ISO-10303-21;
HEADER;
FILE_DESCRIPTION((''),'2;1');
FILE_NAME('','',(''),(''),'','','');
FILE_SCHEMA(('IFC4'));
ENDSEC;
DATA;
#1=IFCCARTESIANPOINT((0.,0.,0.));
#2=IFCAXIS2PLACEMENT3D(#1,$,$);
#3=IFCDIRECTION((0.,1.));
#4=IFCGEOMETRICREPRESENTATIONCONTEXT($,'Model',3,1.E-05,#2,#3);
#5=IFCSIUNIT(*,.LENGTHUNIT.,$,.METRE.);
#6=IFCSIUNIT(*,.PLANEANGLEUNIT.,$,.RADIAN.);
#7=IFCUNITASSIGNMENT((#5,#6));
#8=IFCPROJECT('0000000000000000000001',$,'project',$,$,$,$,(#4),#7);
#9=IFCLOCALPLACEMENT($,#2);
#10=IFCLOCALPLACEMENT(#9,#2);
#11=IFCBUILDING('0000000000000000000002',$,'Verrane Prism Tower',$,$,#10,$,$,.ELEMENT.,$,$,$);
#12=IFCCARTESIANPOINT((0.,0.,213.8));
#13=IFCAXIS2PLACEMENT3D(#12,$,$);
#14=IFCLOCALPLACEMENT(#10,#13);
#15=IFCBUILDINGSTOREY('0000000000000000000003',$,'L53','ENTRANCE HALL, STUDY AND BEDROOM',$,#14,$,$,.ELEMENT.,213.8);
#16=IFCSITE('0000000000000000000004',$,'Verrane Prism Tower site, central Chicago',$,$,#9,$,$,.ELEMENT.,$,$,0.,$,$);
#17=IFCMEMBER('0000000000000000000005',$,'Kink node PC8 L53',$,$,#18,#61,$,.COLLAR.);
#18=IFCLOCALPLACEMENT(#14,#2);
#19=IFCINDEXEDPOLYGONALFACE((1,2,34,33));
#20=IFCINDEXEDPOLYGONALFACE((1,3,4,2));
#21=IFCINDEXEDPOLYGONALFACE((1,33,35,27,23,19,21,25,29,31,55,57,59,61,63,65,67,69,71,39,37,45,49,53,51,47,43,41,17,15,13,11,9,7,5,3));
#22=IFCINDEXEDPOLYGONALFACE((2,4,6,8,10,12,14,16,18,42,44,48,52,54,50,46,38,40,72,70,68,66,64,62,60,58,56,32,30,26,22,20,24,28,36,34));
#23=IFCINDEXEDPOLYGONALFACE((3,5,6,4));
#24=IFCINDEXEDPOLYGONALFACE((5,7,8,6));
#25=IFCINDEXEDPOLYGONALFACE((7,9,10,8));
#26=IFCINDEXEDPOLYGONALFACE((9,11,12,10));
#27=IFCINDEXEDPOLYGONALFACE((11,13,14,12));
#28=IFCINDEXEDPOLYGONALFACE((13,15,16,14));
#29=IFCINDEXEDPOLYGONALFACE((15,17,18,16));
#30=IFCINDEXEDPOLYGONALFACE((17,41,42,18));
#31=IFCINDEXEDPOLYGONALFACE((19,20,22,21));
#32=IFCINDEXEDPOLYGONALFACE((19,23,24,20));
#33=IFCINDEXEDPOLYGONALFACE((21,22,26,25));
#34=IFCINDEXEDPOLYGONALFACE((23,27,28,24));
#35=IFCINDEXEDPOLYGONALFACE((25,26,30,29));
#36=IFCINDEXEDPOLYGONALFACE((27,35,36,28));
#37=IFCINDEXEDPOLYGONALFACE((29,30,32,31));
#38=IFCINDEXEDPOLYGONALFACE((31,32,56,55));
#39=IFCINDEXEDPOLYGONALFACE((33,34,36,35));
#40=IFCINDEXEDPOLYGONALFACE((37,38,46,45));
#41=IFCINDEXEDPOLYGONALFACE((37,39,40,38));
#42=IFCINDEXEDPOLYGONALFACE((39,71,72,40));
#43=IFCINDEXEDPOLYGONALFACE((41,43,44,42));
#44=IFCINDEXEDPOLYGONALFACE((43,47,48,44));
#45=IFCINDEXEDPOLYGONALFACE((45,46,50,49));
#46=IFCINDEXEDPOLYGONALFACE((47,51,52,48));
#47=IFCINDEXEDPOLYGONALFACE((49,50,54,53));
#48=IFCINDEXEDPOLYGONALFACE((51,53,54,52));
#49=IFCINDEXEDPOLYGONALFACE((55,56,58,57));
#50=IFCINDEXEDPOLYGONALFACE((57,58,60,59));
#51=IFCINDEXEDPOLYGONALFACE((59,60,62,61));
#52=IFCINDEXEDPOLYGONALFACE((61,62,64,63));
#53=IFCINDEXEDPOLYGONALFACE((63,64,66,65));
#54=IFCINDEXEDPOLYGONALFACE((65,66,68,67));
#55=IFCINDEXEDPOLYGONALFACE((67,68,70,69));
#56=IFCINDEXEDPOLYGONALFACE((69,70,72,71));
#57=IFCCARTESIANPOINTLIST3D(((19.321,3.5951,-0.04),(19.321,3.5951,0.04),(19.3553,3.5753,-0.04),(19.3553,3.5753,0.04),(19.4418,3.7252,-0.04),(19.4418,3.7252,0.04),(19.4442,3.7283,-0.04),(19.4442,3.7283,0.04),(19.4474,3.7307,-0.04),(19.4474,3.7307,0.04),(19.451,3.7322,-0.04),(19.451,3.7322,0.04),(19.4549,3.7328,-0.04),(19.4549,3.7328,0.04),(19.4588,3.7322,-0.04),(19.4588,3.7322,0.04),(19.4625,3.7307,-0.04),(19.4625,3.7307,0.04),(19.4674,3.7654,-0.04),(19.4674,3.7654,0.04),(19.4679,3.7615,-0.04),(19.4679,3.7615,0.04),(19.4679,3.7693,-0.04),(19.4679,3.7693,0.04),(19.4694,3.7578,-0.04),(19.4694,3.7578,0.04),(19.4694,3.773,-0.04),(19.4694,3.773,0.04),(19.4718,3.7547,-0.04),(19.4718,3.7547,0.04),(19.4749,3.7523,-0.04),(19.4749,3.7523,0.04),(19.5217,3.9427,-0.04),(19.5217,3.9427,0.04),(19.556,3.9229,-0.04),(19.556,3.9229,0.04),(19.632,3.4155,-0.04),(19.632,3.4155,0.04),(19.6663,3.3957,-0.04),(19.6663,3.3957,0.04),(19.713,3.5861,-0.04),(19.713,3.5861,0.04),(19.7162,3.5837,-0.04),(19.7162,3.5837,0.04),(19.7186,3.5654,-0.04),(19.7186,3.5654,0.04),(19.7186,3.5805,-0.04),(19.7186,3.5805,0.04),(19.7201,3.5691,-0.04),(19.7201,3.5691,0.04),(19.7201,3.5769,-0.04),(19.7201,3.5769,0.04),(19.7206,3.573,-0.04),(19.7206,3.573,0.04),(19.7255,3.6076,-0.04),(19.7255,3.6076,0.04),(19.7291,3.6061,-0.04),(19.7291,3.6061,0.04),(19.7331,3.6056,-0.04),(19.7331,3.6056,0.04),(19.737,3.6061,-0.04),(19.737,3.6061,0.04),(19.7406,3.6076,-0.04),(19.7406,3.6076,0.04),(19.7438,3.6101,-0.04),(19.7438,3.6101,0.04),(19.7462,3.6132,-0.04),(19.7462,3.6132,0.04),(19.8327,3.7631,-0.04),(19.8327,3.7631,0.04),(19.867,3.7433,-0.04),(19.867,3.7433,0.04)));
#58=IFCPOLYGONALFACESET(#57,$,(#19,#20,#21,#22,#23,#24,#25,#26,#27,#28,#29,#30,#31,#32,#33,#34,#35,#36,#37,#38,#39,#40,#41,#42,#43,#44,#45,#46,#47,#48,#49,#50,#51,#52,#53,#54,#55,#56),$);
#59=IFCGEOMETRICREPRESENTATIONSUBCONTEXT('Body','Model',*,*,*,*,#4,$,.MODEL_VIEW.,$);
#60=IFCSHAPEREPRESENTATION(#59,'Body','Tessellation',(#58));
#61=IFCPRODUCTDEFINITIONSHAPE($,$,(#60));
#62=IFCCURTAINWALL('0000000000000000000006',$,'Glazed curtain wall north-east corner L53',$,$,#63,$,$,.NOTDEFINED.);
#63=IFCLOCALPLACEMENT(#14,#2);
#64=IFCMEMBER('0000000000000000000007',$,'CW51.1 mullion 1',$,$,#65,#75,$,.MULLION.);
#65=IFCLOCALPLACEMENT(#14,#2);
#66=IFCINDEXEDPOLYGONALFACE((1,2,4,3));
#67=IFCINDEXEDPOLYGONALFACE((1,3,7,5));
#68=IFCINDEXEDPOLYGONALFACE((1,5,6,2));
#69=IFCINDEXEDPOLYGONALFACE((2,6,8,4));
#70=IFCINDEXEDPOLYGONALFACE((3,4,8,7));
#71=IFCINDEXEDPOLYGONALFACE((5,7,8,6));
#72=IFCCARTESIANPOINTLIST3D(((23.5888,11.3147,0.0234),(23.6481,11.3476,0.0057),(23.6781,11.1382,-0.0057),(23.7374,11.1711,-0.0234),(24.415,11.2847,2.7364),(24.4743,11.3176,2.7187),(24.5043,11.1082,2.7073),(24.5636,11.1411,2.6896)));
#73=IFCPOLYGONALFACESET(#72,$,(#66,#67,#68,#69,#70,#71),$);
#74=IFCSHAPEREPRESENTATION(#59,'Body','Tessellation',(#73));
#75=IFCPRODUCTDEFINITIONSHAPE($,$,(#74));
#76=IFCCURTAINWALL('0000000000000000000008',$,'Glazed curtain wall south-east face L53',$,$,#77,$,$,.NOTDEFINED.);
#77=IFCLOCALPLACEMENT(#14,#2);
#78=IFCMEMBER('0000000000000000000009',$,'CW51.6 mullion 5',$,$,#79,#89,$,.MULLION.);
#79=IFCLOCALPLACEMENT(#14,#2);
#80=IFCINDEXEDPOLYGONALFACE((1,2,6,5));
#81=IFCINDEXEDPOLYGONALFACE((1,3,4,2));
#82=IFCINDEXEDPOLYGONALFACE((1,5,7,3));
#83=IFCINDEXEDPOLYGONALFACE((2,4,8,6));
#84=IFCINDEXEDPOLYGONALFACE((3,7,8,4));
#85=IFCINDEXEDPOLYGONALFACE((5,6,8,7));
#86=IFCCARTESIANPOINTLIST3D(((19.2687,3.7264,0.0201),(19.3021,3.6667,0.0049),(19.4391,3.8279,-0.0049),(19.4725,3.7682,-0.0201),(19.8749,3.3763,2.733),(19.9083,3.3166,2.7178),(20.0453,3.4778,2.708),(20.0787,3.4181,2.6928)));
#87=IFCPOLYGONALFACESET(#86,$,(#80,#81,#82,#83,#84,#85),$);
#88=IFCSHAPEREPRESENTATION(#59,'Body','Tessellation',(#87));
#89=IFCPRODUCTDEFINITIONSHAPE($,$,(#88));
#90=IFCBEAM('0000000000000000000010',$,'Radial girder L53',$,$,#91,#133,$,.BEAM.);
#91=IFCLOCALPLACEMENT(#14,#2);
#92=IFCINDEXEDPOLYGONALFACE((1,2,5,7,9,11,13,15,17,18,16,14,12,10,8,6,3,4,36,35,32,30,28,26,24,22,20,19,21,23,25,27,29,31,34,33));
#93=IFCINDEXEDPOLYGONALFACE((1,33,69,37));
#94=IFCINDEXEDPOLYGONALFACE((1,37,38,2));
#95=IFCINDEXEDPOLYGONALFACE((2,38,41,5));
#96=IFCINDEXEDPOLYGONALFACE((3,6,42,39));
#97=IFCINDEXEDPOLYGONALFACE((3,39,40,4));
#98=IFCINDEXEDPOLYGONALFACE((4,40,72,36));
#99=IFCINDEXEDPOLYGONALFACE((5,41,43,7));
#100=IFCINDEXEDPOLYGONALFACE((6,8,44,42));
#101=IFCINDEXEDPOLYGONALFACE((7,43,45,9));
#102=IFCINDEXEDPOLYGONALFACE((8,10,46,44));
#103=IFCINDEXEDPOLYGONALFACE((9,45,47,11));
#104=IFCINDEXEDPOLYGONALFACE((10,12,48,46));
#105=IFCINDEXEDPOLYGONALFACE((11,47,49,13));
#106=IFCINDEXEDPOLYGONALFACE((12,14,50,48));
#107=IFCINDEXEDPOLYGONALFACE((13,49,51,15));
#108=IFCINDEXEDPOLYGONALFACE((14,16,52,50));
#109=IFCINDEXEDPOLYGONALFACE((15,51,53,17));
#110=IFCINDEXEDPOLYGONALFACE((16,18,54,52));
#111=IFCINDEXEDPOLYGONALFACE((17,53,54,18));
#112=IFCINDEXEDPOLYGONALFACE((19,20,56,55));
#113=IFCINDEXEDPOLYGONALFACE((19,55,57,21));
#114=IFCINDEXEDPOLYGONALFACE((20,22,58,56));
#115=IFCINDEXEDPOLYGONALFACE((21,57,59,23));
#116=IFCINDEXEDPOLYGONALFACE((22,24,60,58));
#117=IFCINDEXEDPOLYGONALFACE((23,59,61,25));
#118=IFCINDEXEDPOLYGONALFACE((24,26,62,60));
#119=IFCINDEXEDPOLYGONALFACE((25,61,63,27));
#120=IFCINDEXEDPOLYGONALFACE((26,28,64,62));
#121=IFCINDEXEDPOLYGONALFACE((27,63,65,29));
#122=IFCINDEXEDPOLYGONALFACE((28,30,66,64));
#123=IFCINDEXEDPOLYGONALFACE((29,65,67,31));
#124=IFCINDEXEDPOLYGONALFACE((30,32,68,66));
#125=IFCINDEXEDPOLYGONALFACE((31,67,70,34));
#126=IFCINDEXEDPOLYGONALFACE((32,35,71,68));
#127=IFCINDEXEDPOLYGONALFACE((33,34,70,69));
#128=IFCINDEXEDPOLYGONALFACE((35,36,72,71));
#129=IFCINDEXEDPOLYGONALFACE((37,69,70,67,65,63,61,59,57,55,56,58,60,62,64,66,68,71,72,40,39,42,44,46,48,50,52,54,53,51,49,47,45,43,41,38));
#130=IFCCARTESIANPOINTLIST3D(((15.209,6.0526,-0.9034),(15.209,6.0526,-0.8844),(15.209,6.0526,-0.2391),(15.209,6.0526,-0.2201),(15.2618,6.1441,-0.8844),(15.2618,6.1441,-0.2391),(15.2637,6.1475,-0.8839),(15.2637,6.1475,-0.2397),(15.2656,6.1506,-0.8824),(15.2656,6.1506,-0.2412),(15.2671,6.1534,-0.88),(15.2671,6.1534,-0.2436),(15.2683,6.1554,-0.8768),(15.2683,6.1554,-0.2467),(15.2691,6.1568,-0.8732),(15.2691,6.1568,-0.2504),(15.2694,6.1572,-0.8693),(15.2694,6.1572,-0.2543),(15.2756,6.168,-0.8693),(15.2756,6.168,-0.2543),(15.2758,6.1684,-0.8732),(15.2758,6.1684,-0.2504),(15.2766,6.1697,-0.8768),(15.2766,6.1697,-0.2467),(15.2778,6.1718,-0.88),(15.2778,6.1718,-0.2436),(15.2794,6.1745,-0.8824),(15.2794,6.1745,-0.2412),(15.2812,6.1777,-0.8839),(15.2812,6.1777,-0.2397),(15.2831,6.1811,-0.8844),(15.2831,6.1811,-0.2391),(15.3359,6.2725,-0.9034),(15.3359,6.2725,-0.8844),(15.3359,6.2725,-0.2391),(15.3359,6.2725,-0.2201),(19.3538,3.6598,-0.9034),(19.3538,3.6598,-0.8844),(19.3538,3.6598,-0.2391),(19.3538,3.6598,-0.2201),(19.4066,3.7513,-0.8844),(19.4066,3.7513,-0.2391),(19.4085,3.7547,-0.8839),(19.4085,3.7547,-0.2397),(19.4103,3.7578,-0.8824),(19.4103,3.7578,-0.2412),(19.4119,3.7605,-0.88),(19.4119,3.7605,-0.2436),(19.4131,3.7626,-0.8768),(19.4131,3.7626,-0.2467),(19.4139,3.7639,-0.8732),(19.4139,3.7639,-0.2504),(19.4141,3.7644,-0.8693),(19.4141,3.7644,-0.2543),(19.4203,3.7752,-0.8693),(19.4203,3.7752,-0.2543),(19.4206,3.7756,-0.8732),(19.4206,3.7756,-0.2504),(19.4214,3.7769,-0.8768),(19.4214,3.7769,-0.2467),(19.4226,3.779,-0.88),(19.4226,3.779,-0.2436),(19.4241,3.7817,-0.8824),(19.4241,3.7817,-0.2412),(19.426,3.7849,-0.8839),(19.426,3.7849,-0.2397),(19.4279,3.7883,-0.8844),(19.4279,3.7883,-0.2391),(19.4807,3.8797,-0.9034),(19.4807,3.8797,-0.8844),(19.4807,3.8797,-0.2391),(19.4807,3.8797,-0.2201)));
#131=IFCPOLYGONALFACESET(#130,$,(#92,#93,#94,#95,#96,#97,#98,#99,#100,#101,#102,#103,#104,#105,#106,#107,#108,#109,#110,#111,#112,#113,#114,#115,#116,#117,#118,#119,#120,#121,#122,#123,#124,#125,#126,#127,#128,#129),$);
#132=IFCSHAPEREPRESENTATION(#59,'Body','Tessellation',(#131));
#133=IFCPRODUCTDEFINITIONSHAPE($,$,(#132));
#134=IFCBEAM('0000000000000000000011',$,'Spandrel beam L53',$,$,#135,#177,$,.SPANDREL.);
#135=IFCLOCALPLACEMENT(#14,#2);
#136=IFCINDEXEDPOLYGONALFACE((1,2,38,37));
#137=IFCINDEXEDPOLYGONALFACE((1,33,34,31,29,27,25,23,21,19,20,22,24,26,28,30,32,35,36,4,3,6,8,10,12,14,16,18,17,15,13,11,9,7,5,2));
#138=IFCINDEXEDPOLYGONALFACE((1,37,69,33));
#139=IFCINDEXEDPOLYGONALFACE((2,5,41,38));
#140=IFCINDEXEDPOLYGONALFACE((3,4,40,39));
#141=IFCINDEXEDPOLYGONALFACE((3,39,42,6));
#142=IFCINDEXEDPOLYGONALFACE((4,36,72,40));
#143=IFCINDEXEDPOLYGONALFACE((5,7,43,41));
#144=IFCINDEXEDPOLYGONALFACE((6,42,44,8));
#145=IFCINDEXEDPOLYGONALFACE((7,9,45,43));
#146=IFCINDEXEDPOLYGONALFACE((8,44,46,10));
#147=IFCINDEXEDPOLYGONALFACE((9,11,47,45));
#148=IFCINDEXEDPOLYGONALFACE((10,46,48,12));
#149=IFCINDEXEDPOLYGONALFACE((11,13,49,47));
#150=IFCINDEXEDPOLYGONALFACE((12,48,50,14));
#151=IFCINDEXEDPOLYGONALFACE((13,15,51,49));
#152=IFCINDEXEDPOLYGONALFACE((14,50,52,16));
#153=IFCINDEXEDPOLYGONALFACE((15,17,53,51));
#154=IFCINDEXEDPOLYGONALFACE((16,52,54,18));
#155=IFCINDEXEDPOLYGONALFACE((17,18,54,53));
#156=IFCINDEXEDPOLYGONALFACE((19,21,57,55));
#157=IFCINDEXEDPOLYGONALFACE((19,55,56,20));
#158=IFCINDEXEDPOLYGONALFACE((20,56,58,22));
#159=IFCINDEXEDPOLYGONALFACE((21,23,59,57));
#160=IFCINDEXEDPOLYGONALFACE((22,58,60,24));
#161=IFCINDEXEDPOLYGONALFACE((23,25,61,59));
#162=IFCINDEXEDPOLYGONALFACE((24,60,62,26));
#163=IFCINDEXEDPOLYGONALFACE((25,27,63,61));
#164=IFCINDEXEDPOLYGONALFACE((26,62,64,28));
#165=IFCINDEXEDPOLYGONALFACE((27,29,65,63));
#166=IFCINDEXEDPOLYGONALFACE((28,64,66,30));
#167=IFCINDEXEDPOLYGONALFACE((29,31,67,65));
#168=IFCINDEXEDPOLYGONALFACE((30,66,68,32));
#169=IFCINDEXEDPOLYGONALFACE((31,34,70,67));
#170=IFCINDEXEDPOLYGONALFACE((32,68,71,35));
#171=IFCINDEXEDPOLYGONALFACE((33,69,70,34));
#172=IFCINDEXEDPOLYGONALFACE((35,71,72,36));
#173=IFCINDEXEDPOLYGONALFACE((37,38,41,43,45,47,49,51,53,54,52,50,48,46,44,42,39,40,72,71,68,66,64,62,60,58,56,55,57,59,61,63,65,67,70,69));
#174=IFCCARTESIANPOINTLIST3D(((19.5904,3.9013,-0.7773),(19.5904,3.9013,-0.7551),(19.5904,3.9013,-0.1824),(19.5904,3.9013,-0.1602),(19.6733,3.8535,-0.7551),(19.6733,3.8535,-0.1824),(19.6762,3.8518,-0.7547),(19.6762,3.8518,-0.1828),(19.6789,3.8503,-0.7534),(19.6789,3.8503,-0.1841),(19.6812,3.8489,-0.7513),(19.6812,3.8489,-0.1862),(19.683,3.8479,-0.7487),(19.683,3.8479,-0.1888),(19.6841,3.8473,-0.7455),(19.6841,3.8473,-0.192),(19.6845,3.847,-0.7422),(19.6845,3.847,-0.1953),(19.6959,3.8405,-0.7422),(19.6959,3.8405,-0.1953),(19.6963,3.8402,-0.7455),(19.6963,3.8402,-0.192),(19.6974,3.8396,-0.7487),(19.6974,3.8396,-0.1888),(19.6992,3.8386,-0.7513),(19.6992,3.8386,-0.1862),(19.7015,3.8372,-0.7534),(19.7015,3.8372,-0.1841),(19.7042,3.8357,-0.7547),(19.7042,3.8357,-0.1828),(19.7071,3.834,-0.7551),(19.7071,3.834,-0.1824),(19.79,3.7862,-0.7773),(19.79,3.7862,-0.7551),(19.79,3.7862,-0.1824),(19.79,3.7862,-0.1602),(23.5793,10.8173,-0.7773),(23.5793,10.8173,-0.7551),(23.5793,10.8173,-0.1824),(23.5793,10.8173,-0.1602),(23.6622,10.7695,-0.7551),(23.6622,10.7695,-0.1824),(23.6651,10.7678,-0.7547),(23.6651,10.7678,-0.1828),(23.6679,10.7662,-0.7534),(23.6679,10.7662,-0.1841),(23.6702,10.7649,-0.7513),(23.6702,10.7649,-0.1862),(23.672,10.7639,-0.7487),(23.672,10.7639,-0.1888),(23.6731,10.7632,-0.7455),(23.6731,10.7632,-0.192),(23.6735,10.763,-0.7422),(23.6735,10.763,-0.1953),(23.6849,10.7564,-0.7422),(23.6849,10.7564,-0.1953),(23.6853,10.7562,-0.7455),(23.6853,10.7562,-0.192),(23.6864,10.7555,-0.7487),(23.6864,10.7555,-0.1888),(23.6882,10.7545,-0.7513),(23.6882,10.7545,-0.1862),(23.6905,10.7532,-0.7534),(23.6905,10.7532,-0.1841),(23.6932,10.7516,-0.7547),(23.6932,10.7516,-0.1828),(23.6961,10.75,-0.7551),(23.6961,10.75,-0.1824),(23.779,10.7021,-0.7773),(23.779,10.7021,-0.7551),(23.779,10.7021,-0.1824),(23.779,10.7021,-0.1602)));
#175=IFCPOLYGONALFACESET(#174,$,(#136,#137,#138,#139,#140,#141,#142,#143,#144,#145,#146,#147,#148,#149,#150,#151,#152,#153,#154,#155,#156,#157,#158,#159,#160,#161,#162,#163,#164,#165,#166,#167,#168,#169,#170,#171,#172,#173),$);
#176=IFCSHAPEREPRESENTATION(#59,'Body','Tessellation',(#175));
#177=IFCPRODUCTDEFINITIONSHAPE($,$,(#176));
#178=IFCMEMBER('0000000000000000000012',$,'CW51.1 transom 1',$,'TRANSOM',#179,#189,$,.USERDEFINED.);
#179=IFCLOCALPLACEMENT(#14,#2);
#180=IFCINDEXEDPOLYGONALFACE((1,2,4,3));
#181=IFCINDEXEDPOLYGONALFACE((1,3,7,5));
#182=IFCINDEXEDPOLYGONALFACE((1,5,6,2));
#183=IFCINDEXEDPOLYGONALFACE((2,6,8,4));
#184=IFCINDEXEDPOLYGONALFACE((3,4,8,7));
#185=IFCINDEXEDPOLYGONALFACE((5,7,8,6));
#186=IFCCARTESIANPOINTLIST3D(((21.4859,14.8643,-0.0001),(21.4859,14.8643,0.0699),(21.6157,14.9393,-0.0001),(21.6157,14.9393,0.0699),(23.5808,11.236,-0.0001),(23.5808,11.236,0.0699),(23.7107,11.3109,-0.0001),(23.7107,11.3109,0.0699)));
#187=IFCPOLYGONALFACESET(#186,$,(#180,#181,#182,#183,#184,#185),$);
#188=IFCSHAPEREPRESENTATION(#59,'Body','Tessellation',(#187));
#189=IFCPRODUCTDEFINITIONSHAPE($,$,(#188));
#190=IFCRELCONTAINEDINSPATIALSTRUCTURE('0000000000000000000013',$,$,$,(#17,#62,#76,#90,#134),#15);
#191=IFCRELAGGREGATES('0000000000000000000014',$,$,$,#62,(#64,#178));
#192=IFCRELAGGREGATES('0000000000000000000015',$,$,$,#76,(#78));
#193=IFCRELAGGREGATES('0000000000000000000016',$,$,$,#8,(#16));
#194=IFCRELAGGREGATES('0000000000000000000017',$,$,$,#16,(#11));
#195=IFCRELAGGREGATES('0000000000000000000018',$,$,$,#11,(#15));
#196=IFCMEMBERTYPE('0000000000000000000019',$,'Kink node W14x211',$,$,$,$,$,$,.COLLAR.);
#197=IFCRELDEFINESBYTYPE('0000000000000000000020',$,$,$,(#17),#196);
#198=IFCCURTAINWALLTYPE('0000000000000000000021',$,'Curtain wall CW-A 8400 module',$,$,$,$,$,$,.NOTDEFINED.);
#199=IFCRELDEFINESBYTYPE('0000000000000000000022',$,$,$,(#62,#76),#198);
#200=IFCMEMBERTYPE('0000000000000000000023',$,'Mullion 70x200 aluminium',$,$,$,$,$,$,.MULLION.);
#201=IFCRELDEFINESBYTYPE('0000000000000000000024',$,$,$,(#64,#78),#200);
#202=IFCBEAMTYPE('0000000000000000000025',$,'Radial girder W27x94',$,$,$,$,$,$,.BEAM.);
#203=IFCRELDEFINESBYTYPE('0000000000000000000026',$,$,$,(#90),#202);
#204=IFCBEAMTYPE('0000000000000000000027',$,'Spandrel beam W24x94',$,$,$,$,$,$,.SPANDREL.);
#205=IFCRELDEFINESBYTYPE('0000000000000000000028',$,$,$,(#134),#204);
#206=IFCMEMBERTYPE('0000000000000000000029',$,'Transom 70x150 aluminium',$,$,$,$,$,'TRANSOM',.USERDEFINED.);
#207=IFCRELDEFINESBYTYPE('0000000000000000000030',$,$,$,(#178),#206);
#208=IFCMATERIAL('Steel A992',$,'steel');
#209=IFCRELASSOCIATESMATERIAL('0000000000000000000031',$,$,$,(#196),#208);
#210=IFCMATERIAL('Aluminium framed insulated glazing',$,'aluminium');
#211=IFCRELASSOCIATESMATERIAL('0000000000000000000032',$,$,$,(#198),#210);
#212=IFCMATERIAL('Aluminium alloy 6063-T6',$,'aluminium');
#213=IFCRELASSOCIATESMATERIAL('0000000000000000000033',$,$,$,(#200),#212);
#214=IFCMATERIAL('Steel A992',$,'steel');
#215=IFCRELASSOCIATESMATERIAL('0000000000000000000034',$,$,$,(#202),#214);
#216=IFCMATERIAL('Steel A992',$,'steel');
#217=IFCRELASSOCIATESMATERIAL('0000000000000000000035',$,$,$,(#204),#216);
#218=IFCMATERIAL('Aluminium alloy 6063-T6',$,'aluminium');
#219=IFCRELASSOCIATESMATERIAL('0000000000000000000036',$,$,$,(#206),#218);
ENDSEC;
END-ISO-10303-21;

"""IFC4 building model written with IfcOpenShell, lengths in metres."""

from ifc_helpers import new_model, si_unit, direction, frame, origin, origin_2d, place, context, subcontext, project, spatial, rectangle, i_section, extrude, material, material_profile, profile_set, type_object, element, aggregate, save


model = new_model("IFC4")

# Units and contexts
model_context = context("Model", 3, precision=1e-05, world=origin(), true_north=direction((0.0, 1.0)))
body_context = subcontext(model_context, "Body", "Model", "MODEL_VIEW")
ifc_project = project(units=[si_unit("LENGTHUNIT", "METRE"), si_unit("PLANEANGLEUNIT", "RADIAN")], contexts=[model_context])

# Site, building, storey
site_placement = place(None, origin())
site = spatial("IfcSite", under=ifc_project, at=site_placement, Name="Verrane Prism Tower site, central Chicago", CompositionType="ELEMENT", RefElevation=0.0)
building_placement = place(site_placement, origin())
building = spatial("IfcBuilding", under=site, at=building_placement, Name="Verrane Prism Tower", CompositionType="ELEMENT")
storey_placement = place(building_placement, frame((0.0, 0.0, 213.8)))
storey = spatial("IfcBuildingStorey", under=building, at=storey_placement, Name="L53", Description="ENTRANCE HALL, STUDY AND BEDROOM", CompositionType="ELEMENT", Elevation=213.8)

# Member
ifc_material_1 = material(Name="Steel A992", Category="steel")
ifc_material_profile_1 = material_profile(ifc_material_1, i_section(OverallWidth=0.4014, OverallDepth=0.3987, WebThickness=0.0249, FlangeThickness=0.0396, FilletRadius=0.0151, at=origin_2d()), Name="W14x211")
ifc_profile_set_1 = profile_set([ifc_material_profile_1], Name="Steel A992")
member_type_1 = type_object("IfcMemberType", Name="Kink node W14x211", PredefinedType="COLLAR", material=ifc_profile_set_1)
member_1_placement = place(storey_placement, frame((19.594, 3.6692, -0.04), z_axis=(0.0, 0.0, 1.0), x_axis=(-0.5, -0.866025, 0.0)))
element("IfcMember", 1, at=member_1_placement, inside=storey, type_object=member_type_1, Name="Kink node PC8 L53", PredefinedType="COLLAR", context=body_context, shape_type="SweptSolid", body=[
    extrude(i_section(OverallWidth=0.4014, OverallDepth=0.3987, WebThickness=0.0249, FlangeThickness=0.0396, FilletRadius=0.0151, at=origin_2d()), origin(), (0.0, 0.0, 1.0), 0.0801),
])

# Curtain walls, members
ifc_material_2 = material(Name="Aluminium framed insulated glazing", Category="aluminium")
curtain_wall_type = type_object("IfcCurtainWallType", Name="Curtain wall CW-A 8400 module", PredefinedType="NOTDEFINED", material=ifc_material_2)
curtain_wall_1_placement = place(storey_placement, origin())
curtain_wall_1 = element("IfcCurtainWall", 2, at=curtain_wall_1_placement, inside=storey, type_object=curtain_wall_type, Name="Glazed curtain wall north-east corner L53", PredefinedType="NOTDEFINED")
ifc_material_3 = material(Name="Aluminium alloy 6063-T6", Category="aluminium")
ifc_material_profile_2 = material_profile(ifc_material_3, rectangle(XDim=0.2, YDim=0.0701, at=origin_2d()), Name="Mullion 70x200 aluminium")
ifc_profile_set_2 = profile_set([ifc_material_profile_2], Name="Aluminium alloy 6063-T6")
member_type_2 = type_object("IfcMemberType", Name="Mullion 70x200 aluminium", PredefinedType="MULLION", material=ifc_profile_set_2)
member_2_placement = place(storey_placement, frame((23.6631, 11.2429, 0.0), z_axis=(0.29131, -0.010588, 0.95657), x_axis=(0.446512, -0.882827, -0.145751)))
member_2 = element("IfcMember", 3, at=member_2_placement, type_object=member_type_2, Name="CW51.1 mullion 1", PredefinedType="MULLION", context=body_context, shape_type="SweptSolid", body=[
    extrude(rectangle(XDim=0.2, YDim=0.0701, at=origin_2d()), origin(), (0.0, 0.0, 1.0), 2.8362),
])
curtain_wall_2_placement = place(storey_placement, origin())
curtain_wall_2 = element("IfcCurtainWall", 4, at=curtain_wall_2_placement, inside=storey, type_object=curtain_wall_type, Name="Glazed curtain wall south-east face L53", PredefinedType="NOTDEFINED")
member_3_placement = place(storey_placement, frame((19.3706, 3.7473, 0.0), z_axis=(0.216365, -0.124957, 0.968283), x_axis=(-0.852358, -0.507817, 0.124928)))
member_3 = element("IfcMember", 5, at=member_3_placement, type_object=member_type_2, Name="CW51.6 mullion 5", PredefinedType="MULLION", context=body_context, shape_type="SweptSolid", body=[
    extrude(rectangle(XDim=0.2, YDim=0.0701, at=origin_2d()), origin(), (0.0, 0.0, 1.0), 2.8018),
])

# Beams
ifc_material_4 = material(Name="Steel A992", Category="steel")
ifc_material_profile_3 = material_profile(ifc_material_4, i_section(OverallWidth=0.2539, OverallDepth=0.6833, WebThickness=0.0125, FlangeThickness=0.019, FilletRadius=0.0151, at=origin_2d()), Name="W27x94")
ifc_profile_set_3 = profile_set([ifc_material_profile_3], Name="Steel A992")
beam_type_1 = type_object("IfcBeamType", Name="Radial girder W27x94", PredefinedType="BEAM", material=ifc_profile_set_3)
beam_1_placement = place(storey_placement, frame((19.4172, 3.7698, -0.5618), z_axis=(-0.86604, 0.499974, 0.0), x_axis=(-0.499974, -0.86604, 0.0)))
element("IfcBeam", 6, at=beam_1_placement, inside=storey, type_object=beam_type_1, Name="Radial girder L53", PredefinedType="BEAM", context=body_context, shape_type="SweptSolid", body=[
    extrude(i_section(OverallWidth=0.2539, OverallDepth=0.6833, WebThickness=0.0125, FlangeThickness=0.019, FilletRadius=0.0151, at=origin_2d()), origin(), (0.0, 0.0, 1.0), 4.7859),
])
ifc_material_5 = material(Name="Steel A992", Category="steel")
ifc_material_profile_4 = material_profile(ifc_material_5, i_section(OverallWidth=0.2305, OverallDepth=0.6172, WebThickness=0.0132, FlangeThickness=0.0222, FilletRadius=0.0129, at=origin_2d()), Name="W24x94")
ifc_profile_set_4 = profile_set([ifc_material_profile_4], Name="Steel A992")
beam_type_2 = type_object("IfcBeamType", Name="Spandrel beam W24x94", PredefinedType="SPANDREL", material=ifc_profile_set_4)
beam_2_placement = place(storey_placement, frame((19.6902, 3.8438, -0.4688), z_axis=(0.499629, 0.86624, 0.0), x_axis=(-0.86624, 0.499629, 0.0)))
element("IfcBeam", 7, at=beam_2_placement, inside=storey, type_object=beam_type_2, Name="Spandrel beam L53", PredefinedType="SPANDREL", context=body_context, shape_type="SweptSolid", body=[
    extrude(i_section(OverallWidth=0.2305, OverallDepth=0.6172, WebThickness=0.0132, FlangeThickness=0.0222, FilletRadius=0.0129, at=origin_2d()), origin(), (0.0, 0.0, 1.0), 7.9839),
])

# Member
ifc_material_6 = material(Name="Aluminium alloy 6063-T6", Category="aluminium")
ifc_material_profile_5 = material_profile(ifc_material_6, rectangle(XDim=0.1499, YDim=0.0701, at=origin_2d()), Name="Transom 70x150 aluminium")
ifc_profile_set_5 = profile_set([ifc_material_profile_5], Name="Aluminium alloy 6063-T6")
member_type_3 = type_object("IfcMemberType", Name="Transom 70x150 aluminium", ElementType="TRANSOM", PredefinedType="USERDEFINED", material=ifc_profile_set_5)
member_4_placement = place(storey_placement, frame((23.6458, 11.2734, 0.0349), z_axis=(-0.500018, 0.866015, 0.0), x_axis=(-0.866015, -0.500018, 0.0)))
member_4 = element("IfcMember", 8, at=member_4_placement, type_object=member_type_3, Name="CW51.1 transom 1", ObjectType="TRANSOM", PredefinedType="USERDEFINED", context=body_context, shape_type="SweptSolid", body=[
    extrude(rectangle(XDim=0.1499, YDim=0.0701, at=origin_2d()), origin(), (0.0, 0.0, 1.0), 4.1897),
])
aggregate(curtain_wall_1, [member_2, member_4])

aggregate(curtain_wall_2, [member_3])

save(model, "model.ifc")
